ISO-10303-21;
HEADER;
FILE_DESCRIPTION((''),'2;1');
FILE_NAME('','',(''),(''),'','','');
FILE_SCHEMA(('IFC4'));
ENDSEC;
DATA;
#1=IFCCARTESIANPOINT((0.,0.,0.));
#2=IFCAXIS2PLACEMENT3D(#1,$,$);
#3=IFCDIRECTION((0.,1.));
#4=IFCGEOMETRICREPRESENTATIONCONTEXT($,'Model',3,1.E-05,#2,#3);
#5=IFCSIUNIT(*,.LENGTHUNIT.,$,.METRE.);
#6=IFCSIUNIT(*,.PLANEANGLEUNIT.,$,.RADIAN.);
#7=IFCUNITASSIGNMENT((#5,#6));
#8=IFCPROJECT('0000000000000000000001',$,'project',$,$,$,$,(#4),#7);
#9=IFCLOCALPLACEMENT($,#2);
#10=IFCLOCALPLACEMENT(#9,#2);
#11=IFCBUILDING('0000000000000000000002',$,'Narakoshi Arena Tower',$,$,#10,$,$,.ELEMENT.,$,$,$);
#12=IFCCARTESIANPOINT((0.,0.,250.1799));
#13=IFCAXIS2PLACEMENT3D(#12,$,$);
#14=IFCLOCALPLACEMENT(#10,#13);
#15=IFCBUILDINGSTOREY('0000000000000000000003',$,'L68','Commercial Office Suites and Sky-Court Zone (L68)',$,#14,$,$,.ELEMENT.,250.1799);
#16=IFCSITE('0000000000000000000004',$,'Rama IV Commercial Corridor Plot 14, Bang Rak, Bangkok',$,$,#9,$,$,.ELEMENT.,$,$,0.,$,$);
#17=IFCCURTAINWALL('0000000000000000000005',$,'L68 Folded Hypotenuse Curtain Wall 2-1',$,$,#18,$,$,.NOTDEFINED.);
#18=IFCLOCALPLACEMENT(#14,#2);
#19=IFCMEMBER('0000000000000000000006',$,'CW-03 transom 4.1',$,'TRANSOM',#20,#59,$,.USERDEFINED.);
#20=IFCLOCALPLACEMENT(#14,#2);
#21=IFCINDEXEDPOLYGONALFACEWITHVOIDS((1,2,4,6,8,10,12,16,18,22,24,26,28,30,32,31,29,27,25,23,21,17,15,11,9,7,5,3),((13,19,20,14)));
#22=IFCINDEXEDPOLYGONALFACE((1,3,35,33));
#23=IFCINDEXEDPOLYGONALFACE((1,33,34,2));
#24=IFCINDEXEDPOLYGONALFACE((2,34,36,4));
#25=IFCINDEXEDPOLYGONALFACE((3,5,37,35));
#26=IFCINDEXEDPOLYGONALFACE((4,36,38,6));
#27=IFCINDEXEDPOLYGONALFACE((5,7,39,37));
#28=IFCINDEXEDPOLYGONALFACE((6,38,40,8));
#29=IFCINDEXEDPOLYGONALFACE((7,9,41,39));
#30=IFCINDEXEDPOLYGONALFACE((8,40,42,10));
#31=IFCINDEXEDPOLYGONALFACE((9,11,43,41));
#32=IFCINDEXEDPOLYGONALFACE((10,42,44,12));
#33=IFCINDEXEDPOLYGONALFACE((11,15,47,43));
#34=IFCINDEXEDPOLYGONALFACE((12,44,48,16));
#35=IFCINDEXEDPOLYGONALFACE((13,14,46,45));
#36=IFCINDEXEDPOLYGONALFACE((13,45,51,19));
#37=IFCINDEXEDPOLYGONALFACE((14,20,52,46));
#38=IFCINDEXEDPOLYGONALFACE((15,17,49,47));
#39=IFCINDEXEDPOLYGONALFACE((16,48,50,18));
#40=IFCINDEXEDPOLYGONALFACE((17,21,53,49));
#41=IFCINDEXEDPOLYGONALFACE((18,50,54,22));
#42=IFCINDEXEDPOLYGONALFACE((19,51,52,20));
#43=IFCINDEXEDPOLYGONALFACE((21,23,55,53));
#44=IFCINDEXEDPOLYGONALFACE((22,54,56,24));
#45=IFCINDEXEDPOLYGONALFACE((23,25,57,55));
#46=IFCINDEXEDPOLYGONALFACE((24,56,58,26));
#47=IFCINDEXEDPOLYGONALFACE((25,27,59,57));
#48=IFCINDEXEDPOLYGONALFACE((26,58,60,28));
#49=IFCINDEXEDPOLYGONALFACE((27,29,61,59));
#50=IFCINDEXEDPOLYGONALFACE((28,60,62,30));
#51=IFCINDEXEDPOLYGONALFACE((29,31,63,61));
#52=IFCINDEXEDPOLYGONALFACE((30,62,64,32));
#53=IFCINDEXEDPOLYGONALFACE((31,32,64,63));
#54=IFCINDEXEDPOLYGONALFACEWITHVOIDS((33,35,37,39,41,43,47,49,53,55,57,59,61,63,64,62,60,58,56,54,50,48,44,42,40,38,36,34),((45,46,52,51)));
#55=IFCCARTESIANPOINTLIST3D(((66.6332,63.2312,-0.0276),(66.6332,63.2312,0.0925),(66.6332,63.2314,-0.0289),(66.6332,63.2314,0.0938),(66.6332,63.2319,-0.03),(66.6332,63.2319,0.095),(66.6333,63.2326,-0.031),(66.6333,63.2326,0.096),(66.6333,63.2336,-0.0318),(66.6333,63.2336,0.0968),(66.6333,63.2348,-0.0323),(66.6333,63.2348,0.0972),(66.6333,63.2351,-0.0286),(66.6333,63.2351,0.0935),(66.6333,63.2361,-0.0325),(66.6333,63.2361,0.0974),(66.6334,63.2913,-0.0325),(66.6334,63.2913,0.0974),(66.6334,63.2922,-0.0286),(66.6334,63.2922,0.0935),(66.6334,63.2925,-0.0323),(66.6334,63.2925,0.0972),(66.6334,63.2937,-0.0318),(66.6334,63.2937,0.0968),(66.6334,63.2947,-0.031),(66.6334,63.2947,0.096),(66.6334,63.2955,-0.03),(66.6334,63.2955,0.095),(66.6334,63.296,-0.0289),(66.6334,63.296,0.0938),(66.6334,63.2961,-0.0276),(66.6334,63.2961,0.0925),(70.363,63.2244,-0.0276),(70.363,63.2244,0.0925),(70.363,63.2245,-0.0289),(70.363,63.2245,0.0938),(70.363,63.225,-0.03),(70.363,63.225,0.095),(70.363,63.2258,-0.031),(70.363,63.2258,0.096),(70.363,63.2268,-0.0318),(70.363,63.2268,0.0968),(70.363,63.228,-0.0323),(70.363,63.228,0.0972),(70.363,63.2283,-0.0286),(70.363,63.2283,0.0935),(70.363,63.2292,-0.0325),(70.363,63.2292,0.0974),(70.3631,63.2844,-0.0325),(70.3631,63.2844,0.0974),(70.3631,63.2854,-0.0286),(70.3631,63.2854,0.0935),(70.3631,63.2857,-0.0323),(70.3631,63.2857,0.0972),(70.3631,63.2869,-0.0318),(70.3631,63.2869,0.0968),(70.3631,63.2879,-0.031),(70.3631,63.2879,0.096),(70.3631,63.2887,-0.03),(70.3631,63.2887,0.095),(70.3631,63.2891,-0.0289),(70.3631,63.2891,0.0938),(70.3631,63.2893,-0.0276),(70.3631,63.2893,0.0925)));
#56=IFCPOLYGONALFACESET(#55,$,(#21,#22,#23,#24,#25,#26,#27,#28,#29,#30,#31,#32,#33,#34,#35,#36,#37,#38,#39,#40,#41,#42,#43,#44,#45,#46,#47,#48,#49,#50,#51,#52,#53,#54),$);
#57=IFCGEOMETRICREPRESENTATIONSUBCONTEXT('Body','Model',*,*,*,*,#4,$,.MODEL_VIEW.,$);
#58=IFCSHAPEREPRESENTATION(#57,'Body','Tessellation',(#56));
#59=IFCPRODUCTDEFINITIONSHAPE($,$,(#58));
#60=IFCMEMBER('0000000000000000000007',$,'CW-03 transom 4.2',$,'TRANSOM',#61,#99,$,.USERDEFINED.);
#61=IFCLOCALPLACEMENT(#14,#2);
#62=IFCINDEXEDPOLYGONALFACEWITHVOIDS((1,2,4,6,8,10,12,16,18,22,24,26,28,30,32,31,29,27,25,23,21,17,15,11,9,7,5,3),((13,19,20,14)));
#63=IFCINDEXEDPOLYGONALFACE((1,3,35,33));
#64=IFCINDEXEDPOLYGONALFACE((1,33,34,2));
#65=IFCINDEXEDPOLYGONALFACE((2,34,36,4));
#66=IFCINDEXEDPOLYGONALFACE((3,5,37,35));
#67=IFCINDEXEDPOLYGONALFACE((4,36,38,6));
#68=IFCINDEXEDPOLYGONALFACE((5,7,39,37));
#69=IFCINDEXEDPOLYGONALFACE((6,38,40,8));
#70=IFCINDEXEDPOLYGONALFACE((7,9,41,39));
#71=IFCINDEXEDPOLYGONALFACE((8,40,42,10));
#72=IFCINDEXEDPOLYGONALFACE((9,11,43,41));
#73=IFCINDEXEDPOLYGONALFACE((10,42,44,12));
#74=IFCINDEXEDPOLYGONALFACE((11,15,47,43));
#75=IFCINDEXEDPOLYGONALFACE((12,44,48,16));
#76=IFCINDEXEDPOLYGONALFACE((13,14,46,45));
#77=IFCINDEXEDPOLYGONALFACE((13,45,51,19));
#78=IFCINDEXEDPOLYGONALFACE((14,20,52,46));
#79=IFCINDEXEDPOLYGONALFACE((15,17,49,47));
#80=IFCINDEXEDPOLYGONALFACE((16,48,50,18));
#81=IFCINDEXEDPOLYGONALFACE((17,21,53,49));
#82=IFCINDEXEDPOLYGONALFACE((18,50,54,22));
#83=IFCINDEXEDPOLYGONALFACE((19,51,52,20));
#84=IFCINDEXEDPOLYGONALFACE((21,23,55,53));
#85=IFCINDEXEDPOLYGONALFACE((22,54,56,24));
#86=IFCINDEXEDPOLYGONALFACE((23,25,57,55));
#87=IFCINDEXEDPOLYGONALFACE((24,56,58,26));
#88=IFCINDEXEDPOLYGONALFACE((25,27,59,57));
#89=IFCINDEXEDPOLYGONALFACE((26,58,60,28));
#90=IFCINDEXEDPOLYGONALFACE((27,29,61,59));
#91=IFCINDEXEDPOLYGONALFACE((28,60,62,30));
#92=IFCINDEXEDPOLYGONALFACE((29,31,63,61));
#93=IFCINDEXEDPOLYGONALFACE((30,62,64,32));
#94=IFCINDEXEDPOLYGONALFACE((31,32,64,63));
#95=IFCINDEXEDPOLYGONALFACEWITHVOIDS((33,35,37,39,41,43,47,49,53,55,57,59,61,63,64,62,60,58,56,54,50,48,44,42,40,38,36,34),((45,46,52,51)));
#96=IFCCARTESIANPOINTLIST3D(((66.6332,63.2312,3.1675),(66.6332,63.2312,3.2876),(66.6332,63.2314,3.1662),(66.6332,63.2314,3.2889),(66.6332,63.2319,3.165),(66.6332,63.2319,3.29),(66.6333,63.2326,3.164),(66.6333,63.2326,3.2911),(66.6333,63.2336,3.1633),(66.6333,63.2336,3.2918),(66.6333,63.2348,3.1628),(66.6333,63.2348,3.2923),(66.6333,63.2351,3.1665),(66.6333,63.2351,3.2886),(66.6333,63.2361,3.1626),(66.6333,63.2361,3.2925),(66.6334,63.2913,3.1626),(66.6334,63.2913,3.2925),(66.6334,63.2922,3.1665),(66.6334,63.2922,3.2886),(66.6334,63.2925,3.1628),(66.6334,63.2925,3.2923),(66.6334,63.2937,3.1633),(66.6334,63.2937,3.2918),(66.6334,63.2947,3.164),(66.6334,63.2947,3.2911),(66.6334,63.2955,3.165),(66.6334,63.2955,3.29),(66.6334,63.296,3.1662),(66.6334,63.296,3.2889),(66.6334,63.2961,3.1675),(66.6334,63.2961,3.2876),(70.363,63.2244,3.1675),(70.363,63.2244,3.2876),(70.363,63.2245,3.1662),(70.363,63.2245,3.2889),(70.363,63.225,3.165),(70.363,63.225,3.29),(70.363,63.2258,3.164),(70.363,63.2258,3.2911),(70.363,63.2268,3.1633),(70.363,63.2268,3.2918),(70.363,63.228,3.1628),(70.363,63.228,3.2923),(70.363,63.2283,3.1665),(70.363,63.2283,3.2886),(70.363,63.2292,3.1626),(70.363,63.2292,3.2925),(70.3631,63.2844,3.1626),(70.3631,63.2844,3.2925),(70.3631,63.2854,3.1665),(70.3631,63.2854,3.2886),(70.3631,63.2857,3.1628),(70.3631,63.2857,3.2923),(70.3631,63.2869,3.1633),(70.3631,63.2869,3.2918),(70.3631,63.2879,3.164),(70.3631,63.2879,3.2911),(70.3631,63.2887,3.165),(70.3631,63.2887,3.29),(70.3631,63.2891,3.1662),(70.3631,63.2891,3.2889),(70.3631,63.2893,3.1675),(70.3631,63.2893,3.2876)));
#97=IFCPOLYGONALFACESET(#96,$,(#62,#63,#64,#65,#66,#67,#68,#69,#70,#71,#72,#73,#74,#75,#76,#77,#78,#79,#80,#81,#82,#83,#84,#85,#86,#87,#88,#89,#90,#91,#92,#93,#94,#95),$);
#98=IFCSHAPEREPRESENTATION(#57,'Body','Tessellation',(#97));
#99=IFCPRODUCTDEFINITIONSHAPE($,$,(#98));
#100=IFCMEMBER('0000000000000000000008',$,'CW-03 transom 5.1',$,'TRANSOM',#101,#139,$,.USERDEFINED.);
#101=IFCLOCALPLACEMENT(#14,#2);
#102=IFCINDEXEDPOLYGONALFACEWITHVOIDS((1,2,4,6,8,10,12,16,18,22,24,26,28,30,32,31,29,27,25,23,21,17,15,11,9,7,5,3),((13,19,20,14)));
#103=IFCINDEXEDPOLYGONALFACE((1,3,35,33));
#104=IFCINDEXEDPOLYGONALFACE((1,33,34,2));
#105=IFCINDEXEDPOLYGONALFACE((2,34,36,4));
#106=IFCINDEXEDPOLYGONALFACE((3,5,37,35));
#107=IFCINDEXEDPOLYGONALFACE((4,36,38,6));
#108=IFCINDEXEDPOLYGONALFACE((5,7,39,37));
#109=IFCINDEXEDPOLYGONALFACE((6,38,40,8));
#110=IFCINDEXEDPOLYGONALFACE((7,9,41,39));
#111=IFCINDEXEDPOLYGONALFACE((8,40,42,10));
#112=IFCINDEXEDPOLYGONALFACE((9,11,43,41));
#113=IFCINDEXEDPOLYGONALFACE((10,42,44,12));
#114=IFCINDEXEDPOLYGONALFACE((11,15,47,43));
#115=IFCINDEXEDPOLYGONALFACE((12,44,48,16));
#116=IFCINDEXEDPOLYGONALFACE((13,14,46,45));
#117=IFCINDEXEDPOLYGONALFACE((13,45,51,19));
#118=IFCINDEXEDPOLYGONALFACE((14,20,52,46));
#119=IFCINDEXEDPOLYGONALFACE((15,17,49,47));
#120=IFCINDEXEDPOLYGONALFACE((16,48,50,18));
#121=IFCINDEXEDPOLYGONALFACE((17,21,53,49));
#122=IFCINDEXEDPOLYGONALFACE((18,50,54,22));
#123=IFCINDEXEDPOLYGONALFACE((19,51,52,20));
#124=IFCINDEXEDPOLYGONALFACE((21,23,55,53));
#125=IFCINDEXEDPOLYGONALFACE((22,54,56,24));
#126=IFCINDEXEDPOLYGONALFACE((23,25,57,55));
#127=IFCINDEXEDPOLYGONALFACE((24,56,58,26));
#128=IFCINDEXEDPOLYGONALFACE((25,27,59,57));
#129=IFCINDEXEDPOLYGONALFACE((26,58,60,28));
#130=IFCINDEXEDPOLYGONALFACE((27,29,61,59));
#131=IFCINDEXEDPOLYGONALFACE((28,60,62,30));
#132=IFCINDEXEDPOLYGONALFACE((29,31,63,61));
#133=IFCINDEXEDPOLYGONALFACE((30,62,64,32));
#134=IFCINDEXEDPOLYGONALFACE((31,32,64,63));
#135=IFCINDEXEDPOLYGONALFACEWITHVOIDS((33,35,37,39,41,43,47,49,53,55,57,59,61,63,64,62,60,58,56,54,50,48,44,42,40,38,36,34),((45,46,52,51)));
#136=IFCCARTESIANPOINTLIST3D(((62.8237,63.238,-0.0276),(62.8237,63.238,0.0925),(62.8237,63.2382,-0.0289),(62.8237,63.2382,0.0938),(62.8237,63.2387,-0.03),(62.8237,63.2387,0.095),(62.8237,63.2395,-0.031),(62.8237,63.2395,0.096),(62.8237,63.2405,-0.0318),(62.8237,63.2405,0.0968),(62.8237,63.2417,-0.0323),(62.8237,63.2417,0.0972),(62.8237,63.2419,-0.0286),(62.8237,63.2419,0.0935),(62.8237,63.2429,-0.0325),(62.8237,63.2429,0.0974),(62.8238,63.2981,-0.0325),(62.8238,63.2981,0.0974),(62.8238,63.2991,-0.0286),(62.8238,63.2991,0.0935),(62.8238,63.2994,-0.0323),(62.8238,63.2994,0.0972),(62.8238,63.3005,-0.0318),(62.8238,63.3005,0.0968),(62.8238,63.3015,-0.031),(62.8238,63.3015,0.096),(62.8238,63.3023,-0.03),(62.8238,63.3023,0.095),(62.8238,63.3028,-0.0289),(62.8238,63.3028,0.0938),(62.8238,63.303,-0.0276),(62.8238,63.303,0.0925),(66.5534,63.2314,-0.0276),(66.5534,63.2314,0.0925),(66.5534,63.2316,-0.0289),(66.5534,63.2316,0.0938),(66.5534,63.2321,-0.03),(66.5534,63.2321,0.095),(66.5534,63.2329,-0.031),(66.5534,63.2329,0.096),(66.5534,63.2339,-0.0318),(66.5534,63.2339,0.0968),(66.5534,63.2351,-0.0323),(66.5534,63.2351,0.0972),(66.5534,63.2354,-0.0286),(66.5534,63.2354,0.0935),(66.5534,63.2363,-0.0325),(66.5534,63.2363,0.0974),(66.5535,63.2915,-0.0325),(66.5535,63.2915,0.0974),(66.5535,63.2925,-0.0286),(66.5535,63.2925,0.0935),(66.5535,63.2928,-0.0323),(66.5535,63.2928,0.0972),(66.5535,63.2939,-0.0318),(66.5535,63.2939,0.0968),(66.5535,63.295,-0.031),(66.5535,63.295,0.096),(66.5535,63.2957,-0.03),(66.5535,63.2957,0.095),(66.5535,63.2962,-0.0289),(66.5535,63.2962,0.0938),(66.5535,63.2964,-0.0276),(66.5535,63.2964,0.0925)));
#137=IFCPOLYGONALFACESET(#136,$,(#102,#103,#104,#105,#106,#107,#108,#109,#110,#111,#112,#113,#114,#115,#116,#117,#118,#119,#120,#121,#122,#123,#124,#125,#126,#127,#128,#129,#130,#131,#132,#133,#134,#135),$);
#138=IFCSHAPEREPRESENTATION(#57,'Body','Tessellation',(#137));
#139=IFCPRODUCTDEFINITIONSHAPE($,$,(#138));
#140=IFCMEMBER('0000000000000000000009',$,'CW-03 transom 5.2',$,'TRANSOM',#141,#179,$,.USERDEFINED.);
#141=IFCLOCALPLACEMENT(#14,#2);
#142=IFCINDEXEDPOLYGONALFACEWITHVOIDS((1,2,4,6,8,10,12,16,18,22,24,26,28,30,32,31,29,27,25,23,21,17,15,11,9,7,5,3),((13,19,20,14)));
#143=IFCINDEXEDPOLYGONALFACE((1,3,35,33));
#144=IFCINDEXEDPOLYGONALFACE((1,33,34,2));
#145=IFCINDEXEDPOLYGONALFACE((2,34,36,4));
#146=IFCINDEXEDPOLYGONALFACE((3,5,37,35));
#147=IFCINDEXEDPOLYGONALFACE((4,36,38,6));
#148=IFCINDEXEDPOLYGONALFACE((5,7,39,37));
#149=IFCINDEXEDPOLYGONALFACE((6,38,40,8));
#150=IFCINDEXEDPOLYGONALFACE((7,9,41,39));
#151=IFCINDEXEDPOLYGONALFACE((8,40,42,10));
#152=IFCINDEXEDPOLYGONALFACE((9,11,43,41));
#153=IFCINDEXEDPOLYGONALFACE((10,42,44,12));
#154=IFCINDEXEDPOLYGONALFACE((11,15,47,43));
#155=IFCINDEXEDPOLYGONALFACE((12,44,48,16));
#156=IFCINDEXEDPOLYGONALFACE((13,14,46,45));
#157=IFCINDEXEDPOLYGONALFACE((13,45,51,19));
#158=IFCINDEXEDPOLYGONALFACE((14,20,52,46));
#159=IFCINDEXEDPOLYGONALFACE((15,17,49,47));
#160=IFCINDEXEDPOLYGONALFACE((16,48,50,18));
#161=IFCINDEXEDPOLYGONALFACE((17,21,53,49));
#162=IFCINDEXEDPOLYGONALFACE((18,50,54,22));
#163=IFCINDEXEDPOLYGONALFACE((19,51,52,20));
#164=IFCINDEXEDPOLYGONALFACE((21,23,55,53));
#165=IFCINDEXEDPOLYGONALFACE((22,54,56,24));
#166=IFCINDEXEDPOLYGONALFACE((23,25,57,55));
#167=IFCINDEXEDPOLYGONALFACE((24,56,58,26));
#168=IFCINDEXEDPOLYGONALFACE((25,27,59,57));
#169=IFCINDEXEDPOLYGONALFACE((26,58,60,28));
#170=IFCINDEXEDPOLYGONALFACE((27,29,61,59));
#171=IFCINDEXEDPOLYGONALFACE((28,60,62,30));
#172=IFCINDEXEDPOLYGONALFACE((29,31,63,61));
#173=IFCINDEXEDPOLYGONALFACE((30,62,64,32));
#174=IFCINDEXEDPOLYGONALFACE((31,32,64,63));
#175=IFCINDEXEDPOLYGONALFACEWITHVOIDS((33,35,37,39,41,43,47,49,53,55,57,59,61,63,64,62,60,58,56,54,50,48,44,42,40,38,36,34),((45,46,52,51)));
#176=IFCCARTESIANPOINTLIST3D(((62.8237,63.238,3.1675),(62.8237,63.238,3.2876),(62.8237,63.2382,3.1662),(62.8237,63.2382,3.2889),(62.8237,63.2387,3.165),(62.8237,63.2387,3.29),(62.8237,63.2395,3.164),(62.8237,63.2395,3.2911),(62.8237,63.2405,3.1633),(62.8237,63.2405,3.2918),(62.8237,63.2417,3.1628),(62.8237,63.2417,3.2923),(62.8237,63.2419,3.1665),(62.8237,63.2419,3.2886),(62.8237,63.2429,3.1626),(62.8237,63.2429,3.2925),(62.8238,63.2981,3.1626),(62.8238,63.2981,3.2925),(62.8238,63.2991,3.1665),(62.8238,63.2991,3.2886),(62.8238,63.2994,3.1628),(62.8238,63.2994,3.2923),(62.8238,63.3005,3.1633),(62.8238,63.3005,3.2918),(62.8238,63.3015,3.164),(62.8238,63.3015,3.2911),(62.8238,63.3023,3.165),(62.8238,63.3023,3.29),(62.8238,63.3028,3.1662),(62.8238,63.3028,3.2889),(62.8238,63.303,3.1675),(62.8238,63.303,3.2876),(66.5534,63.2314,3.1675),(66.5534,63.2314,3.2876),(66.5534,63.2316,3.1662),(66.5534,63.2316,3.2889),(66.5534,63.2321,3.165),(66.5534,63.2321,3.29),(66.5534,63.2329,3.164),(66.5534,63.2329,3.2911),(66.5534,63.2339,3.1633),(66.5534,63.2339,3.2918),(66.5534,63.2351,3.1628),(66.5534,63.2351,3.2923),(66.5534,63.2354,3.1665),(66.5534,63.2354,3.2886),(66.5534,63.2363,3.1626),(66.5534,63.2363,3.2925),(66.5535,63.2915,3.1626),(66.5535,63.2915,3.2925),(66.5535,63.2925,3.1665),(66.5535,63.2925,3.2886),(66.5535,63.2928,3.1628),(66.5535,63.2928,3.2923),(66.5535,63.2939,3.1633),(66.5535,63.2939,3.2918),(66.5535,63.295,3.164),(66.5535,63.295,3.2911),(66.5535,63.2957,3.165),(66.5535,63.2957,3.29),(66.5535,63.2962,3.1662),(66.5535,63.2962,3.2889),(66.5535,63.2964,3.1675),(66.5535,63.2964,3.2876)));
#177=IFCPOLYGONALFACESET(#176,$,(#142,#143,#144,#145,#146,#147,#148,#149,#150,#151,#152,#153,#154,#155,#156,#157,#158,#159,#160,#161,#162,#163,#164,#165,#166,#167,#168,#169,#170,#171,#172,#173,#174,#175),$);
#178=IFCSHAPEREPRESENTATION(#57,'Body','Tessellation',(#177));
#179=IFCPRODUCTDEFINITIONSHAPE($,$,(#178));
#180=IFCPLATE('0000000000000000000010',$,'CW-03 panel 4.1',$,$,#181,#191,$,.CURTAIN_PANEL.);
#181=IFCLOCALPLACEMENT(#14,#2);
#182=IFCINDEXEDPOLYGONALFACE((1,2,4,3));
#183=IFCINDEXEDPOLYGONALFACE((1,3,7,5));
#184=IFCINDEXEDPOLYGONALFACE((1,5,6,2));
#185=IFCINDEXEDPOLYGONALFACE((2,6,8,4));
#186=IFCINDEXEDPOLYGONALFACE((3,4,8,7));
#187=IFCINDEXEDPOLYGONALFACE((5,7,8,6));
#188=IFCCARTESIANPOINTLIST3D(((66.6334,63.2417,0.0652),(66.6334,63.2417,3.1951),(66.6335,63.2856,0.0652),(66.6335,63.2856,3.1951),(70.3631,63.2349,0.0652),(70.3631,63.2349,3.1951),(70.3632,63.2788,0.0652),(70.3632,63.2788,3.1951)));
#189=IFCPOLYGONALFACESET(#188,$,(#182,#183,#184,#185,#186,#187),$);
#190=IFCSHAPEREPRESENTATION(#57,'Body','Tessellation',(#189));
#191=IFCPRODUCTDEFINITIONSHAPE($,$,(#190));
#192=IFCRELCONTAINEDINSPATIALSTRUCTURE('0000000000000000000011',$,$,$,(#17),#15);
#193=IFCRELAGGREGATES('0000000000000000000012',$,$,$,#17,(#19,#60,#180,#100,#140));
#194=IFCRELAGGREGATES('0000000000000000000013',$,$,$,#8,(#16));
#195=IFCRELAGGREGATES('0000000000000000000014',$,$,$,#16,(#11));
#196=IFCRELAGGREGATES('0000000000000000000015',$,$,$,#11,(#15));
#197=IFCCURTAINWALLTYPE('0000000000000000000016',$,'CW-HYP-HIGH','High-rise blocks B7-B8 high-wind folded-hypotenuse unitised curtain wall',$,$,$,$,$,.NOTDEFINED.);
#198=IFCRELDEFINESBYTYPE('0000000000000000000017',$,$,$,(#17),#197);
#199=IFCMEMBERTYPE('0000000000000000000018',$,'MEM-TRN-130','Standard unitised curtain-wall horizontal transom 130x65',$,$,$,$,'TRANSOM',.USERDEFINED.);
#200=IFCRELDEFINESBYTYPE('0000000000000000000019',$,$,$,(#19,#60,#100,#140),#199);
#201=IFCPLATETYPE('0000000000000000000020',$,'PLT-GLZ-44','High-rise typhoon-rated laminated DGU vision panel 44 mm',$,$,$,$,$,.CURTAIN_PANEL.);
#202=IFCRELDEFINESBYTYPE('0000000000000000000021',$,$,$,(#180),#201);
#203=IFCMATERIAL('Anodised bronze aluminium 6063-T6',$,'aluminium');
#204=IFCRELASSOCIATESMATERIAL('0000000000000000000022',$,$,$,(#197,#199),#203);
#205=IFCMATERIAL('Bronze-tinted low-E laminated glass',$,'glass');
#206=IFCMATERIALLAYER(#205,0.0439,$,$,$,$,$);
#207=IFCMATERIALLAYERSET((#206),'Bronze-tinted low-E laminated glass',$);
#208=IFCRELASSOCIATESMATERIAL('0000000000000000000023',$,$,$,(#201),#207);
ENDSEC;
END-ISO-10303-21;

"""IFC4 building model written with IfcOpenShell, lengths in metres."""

from ifc_helpers import new_model, si_unit, direction, frame, origin, origin_2d, place, context, subcontext, project, spatial, rectangle, hollow_rectangle, extrude, material, layer, layer_set, material_profile, profile_set, type_object, element, aggregate, save


model = new_model("IFC4")

# Units and contexts
model_context = context("Model", 3, precision=1e-05, world=origin(), true_north=direction((0.0, 1.0)))
body_context = subcontext(model_context, "Body", "Model", "MODEL_VIEW")
ifc_project = project(units=[si_unit("LENGTHUNIT", "METRE"), si_unit("PLANEANGLEUNIT", "RADIAN")], contexts=[model_context])

# Site, building, storey
site_placement = place(None, origin())
site = spatial("IfcSite", under=ifc_project, at=site_placement, Name="Rama IV Commercial Corridor Plot 14, Bang Rak, Bangkok", CompositionType="ELEMENT", RefElevation=0.0)
building_placement = place(site_placement, origin())
building = spatial("IfcBuilding", under=site, at=building_placement, Name="Narakoshi Arena Tower", CompositionType="ELEMENT")
storey_placement = place(building_placement, frame((0.0, 0.0, 250.1799)))
storey = spatial("IfcBuildingStorey", under=building, at=storey_placement, Name="L68", Description="Commercial Office Suites and Sky-Court Zone (L68)", CompositionType="ELEMENT", Elevation=250.1799)

# Curtain wall, members, plate
ifc_material_1 = material(Name="Anodised bronze aluminium 6063-T6", Category="aluminium")
curtain_wall_type = type_object("IfcCurtainWallType", Name="CW-HYP-HIGH", Description="High-rise blocks B7-B8 high-wind folded-hypotenuse unitised curtain wall", PredefinedType="NOTDEFINED", material=ifc_material_1)
curtain_wall_placement = place(storey_placement, origin())
curtain_wall = element("IfcCurtainWall", 1, at=curtain_wall_placement, inside=storey, type_object=curtain_wall_type, Name="L68 Folded Hypotenuse Curtain Wall 2-1", PredefinedType="NOTDEFINED")
ifc_material_profile_1 = material_profile(ifc_material_1, hollow_rectangle(XDim=0.0649, YDim=0.1299, WallThickness=0.0039, OuterFilletRadius=0.0049, at=origin_2d()), Name="TRN130x65x4")
ifc_profile_set_1 = profile_set([ifc_material_profile_1], Name="Anodised bronze aluminium 6063-T6")
member_type_1 = type_object("IfcMemberType", Name="MEM-TRN-130", Description="Standard unitised curtain-wall horizontal transom 130x65", ElementType="TRANSOM", PredefinedType="USERDEFINED", material=ifc_profile_set_1)
member_1_placement = place(storey_placement, frame((70.363, 63.2568, 0.0325), z_axis=(-0.999998, 0.001833, 0.0), x_axis=(-0.001833, -0.999998, 0.0)))
member_1 = element("IfcMember", 2, at=member_1_placement, type_object=member_type_1, Name="CW-03 transom 4.1", ObjectType="TRANSOM", PredefinedType="USERDEFINED", context=body_context, shape_type="SweptSolid", body=[
    extrude(hollow_rectangle(XDim=0.0649, YDim=0.1299, WallThickness=0.0039, OuterFilletRadius=0.0049, at=origin_2d()), origin(), (0.0, 0.0, 1.0), 3.7297),
])
member_2_placement = place(storey_placement, frame((70.363, 63.2568, 3.2275), z_axis=(-0.999998, 0.001833, 0.0), x_axis=(-0.001833, -0.999998, 0.0)))
member_2 = element("IfcMember", 3, at=member_2_placement, type_object=member_type_1, Name="CW-03 transom 4.2", ObjectType="TRANSOM", PredefinedType="USERDEFINED", context=body_context, shape_type="SweptSolid", body=[
    extrude(hollow_rectangle(XDim=0.0649, YDim=0.1299, WallThickness=0.0039, OuterFilletRadius=0.0049, at=origin_2d()), origin(), (0.0, 0.0, 1.0), 3.7297),
])
member_3_placement = place(storey_placement, frame((66.5535, 63.2639, 0.0325), z_axis=(-0.999998, 0.001767, 0.0), x_axis=(-0.001767, -0.999998, 0.0)))
member_3 = element("IfcMember", 4, at=member_3_placement, type_object=member_type_1, Name="CW-03 transom 5.1", ObjectType="TRANSOM", PredefinedType="USERDEFINED", context=body_context, shape_type="SweptSolid", body=[
    extrude(hollow_rectangle(XDim=0.0649, YDim=0.1299, WallThickness=0.0039, OuterFilletRadius=0.0049, at=origin_2d()), origin(), (0.0, 0.0, 1.0), 3.7297),
])
member_4_placement = place(storey_placement, frame((66.5535, 63.2639, 3.2275), z_axis=(-0.999998, 0.001767, 0.0), x_axis=(-0.001767, -0.999998, 0.0)))
member_4 = element("IfcMember", 5, at=member_4_placement, type_object=member_type_1, Name="CW-03 transom 5.2", ObjectType="TRANSOM", PredefinedType="USERDEFINED", context=body_context, shape_type="SweptSolid", body=[
    extrude(hollow_rectangle(XDim=0.0649, YDim=0.1299, WallThickness=0.0039, OuterFilletRadius=0.0049, at=origin_2d()), origin(), (0.0, 0.0, 1.0), 3.7297),
])
ifc_material_2 = material(Name="Bronze-tinted low-E laminated glass", Category="glass")
ifc_layer_1 = layer(ifc_material_2, 0.0439)
ifc_layer_set_1 = layer_set([ifc_layer_1], Name="Bronze-tinted low-E laminated glass")
plate_type = type_object("IfcPlateType", Name="PLT-GLZ-44", Description="High-rise typhoon-rated laminated DGU vision panel 44 mm", PredefinedType="CURTAIN_PANEL", material=ifc_layer_set_1)
plate_1_placement = place(storey_placement, frame((68.4983, 63.2603, 0.0652), z_axis=(0.0, 0.0, 1.0), x_axis=(-0.999998, 0.00182, 0.0)))
plate_1 = element("IfcPlate", 6, at=plate_1_placement, type_object=plate_type, Name="CW-03 panel 4.1", PredefinedType="CURTAIN_PANEL", context=body_context, shape_type="SweptSolid", body=[
    extrude(rectangle(XDim=3.7297, YDim=0.0439, at=origin_2d()), origin(), (0.0, 0.0, 1.0), 3.1299),
])
aggregate(curtain_wall, [member_1, member_2, plate_1, member_3, member_4])

save(model, "model.ifc")
